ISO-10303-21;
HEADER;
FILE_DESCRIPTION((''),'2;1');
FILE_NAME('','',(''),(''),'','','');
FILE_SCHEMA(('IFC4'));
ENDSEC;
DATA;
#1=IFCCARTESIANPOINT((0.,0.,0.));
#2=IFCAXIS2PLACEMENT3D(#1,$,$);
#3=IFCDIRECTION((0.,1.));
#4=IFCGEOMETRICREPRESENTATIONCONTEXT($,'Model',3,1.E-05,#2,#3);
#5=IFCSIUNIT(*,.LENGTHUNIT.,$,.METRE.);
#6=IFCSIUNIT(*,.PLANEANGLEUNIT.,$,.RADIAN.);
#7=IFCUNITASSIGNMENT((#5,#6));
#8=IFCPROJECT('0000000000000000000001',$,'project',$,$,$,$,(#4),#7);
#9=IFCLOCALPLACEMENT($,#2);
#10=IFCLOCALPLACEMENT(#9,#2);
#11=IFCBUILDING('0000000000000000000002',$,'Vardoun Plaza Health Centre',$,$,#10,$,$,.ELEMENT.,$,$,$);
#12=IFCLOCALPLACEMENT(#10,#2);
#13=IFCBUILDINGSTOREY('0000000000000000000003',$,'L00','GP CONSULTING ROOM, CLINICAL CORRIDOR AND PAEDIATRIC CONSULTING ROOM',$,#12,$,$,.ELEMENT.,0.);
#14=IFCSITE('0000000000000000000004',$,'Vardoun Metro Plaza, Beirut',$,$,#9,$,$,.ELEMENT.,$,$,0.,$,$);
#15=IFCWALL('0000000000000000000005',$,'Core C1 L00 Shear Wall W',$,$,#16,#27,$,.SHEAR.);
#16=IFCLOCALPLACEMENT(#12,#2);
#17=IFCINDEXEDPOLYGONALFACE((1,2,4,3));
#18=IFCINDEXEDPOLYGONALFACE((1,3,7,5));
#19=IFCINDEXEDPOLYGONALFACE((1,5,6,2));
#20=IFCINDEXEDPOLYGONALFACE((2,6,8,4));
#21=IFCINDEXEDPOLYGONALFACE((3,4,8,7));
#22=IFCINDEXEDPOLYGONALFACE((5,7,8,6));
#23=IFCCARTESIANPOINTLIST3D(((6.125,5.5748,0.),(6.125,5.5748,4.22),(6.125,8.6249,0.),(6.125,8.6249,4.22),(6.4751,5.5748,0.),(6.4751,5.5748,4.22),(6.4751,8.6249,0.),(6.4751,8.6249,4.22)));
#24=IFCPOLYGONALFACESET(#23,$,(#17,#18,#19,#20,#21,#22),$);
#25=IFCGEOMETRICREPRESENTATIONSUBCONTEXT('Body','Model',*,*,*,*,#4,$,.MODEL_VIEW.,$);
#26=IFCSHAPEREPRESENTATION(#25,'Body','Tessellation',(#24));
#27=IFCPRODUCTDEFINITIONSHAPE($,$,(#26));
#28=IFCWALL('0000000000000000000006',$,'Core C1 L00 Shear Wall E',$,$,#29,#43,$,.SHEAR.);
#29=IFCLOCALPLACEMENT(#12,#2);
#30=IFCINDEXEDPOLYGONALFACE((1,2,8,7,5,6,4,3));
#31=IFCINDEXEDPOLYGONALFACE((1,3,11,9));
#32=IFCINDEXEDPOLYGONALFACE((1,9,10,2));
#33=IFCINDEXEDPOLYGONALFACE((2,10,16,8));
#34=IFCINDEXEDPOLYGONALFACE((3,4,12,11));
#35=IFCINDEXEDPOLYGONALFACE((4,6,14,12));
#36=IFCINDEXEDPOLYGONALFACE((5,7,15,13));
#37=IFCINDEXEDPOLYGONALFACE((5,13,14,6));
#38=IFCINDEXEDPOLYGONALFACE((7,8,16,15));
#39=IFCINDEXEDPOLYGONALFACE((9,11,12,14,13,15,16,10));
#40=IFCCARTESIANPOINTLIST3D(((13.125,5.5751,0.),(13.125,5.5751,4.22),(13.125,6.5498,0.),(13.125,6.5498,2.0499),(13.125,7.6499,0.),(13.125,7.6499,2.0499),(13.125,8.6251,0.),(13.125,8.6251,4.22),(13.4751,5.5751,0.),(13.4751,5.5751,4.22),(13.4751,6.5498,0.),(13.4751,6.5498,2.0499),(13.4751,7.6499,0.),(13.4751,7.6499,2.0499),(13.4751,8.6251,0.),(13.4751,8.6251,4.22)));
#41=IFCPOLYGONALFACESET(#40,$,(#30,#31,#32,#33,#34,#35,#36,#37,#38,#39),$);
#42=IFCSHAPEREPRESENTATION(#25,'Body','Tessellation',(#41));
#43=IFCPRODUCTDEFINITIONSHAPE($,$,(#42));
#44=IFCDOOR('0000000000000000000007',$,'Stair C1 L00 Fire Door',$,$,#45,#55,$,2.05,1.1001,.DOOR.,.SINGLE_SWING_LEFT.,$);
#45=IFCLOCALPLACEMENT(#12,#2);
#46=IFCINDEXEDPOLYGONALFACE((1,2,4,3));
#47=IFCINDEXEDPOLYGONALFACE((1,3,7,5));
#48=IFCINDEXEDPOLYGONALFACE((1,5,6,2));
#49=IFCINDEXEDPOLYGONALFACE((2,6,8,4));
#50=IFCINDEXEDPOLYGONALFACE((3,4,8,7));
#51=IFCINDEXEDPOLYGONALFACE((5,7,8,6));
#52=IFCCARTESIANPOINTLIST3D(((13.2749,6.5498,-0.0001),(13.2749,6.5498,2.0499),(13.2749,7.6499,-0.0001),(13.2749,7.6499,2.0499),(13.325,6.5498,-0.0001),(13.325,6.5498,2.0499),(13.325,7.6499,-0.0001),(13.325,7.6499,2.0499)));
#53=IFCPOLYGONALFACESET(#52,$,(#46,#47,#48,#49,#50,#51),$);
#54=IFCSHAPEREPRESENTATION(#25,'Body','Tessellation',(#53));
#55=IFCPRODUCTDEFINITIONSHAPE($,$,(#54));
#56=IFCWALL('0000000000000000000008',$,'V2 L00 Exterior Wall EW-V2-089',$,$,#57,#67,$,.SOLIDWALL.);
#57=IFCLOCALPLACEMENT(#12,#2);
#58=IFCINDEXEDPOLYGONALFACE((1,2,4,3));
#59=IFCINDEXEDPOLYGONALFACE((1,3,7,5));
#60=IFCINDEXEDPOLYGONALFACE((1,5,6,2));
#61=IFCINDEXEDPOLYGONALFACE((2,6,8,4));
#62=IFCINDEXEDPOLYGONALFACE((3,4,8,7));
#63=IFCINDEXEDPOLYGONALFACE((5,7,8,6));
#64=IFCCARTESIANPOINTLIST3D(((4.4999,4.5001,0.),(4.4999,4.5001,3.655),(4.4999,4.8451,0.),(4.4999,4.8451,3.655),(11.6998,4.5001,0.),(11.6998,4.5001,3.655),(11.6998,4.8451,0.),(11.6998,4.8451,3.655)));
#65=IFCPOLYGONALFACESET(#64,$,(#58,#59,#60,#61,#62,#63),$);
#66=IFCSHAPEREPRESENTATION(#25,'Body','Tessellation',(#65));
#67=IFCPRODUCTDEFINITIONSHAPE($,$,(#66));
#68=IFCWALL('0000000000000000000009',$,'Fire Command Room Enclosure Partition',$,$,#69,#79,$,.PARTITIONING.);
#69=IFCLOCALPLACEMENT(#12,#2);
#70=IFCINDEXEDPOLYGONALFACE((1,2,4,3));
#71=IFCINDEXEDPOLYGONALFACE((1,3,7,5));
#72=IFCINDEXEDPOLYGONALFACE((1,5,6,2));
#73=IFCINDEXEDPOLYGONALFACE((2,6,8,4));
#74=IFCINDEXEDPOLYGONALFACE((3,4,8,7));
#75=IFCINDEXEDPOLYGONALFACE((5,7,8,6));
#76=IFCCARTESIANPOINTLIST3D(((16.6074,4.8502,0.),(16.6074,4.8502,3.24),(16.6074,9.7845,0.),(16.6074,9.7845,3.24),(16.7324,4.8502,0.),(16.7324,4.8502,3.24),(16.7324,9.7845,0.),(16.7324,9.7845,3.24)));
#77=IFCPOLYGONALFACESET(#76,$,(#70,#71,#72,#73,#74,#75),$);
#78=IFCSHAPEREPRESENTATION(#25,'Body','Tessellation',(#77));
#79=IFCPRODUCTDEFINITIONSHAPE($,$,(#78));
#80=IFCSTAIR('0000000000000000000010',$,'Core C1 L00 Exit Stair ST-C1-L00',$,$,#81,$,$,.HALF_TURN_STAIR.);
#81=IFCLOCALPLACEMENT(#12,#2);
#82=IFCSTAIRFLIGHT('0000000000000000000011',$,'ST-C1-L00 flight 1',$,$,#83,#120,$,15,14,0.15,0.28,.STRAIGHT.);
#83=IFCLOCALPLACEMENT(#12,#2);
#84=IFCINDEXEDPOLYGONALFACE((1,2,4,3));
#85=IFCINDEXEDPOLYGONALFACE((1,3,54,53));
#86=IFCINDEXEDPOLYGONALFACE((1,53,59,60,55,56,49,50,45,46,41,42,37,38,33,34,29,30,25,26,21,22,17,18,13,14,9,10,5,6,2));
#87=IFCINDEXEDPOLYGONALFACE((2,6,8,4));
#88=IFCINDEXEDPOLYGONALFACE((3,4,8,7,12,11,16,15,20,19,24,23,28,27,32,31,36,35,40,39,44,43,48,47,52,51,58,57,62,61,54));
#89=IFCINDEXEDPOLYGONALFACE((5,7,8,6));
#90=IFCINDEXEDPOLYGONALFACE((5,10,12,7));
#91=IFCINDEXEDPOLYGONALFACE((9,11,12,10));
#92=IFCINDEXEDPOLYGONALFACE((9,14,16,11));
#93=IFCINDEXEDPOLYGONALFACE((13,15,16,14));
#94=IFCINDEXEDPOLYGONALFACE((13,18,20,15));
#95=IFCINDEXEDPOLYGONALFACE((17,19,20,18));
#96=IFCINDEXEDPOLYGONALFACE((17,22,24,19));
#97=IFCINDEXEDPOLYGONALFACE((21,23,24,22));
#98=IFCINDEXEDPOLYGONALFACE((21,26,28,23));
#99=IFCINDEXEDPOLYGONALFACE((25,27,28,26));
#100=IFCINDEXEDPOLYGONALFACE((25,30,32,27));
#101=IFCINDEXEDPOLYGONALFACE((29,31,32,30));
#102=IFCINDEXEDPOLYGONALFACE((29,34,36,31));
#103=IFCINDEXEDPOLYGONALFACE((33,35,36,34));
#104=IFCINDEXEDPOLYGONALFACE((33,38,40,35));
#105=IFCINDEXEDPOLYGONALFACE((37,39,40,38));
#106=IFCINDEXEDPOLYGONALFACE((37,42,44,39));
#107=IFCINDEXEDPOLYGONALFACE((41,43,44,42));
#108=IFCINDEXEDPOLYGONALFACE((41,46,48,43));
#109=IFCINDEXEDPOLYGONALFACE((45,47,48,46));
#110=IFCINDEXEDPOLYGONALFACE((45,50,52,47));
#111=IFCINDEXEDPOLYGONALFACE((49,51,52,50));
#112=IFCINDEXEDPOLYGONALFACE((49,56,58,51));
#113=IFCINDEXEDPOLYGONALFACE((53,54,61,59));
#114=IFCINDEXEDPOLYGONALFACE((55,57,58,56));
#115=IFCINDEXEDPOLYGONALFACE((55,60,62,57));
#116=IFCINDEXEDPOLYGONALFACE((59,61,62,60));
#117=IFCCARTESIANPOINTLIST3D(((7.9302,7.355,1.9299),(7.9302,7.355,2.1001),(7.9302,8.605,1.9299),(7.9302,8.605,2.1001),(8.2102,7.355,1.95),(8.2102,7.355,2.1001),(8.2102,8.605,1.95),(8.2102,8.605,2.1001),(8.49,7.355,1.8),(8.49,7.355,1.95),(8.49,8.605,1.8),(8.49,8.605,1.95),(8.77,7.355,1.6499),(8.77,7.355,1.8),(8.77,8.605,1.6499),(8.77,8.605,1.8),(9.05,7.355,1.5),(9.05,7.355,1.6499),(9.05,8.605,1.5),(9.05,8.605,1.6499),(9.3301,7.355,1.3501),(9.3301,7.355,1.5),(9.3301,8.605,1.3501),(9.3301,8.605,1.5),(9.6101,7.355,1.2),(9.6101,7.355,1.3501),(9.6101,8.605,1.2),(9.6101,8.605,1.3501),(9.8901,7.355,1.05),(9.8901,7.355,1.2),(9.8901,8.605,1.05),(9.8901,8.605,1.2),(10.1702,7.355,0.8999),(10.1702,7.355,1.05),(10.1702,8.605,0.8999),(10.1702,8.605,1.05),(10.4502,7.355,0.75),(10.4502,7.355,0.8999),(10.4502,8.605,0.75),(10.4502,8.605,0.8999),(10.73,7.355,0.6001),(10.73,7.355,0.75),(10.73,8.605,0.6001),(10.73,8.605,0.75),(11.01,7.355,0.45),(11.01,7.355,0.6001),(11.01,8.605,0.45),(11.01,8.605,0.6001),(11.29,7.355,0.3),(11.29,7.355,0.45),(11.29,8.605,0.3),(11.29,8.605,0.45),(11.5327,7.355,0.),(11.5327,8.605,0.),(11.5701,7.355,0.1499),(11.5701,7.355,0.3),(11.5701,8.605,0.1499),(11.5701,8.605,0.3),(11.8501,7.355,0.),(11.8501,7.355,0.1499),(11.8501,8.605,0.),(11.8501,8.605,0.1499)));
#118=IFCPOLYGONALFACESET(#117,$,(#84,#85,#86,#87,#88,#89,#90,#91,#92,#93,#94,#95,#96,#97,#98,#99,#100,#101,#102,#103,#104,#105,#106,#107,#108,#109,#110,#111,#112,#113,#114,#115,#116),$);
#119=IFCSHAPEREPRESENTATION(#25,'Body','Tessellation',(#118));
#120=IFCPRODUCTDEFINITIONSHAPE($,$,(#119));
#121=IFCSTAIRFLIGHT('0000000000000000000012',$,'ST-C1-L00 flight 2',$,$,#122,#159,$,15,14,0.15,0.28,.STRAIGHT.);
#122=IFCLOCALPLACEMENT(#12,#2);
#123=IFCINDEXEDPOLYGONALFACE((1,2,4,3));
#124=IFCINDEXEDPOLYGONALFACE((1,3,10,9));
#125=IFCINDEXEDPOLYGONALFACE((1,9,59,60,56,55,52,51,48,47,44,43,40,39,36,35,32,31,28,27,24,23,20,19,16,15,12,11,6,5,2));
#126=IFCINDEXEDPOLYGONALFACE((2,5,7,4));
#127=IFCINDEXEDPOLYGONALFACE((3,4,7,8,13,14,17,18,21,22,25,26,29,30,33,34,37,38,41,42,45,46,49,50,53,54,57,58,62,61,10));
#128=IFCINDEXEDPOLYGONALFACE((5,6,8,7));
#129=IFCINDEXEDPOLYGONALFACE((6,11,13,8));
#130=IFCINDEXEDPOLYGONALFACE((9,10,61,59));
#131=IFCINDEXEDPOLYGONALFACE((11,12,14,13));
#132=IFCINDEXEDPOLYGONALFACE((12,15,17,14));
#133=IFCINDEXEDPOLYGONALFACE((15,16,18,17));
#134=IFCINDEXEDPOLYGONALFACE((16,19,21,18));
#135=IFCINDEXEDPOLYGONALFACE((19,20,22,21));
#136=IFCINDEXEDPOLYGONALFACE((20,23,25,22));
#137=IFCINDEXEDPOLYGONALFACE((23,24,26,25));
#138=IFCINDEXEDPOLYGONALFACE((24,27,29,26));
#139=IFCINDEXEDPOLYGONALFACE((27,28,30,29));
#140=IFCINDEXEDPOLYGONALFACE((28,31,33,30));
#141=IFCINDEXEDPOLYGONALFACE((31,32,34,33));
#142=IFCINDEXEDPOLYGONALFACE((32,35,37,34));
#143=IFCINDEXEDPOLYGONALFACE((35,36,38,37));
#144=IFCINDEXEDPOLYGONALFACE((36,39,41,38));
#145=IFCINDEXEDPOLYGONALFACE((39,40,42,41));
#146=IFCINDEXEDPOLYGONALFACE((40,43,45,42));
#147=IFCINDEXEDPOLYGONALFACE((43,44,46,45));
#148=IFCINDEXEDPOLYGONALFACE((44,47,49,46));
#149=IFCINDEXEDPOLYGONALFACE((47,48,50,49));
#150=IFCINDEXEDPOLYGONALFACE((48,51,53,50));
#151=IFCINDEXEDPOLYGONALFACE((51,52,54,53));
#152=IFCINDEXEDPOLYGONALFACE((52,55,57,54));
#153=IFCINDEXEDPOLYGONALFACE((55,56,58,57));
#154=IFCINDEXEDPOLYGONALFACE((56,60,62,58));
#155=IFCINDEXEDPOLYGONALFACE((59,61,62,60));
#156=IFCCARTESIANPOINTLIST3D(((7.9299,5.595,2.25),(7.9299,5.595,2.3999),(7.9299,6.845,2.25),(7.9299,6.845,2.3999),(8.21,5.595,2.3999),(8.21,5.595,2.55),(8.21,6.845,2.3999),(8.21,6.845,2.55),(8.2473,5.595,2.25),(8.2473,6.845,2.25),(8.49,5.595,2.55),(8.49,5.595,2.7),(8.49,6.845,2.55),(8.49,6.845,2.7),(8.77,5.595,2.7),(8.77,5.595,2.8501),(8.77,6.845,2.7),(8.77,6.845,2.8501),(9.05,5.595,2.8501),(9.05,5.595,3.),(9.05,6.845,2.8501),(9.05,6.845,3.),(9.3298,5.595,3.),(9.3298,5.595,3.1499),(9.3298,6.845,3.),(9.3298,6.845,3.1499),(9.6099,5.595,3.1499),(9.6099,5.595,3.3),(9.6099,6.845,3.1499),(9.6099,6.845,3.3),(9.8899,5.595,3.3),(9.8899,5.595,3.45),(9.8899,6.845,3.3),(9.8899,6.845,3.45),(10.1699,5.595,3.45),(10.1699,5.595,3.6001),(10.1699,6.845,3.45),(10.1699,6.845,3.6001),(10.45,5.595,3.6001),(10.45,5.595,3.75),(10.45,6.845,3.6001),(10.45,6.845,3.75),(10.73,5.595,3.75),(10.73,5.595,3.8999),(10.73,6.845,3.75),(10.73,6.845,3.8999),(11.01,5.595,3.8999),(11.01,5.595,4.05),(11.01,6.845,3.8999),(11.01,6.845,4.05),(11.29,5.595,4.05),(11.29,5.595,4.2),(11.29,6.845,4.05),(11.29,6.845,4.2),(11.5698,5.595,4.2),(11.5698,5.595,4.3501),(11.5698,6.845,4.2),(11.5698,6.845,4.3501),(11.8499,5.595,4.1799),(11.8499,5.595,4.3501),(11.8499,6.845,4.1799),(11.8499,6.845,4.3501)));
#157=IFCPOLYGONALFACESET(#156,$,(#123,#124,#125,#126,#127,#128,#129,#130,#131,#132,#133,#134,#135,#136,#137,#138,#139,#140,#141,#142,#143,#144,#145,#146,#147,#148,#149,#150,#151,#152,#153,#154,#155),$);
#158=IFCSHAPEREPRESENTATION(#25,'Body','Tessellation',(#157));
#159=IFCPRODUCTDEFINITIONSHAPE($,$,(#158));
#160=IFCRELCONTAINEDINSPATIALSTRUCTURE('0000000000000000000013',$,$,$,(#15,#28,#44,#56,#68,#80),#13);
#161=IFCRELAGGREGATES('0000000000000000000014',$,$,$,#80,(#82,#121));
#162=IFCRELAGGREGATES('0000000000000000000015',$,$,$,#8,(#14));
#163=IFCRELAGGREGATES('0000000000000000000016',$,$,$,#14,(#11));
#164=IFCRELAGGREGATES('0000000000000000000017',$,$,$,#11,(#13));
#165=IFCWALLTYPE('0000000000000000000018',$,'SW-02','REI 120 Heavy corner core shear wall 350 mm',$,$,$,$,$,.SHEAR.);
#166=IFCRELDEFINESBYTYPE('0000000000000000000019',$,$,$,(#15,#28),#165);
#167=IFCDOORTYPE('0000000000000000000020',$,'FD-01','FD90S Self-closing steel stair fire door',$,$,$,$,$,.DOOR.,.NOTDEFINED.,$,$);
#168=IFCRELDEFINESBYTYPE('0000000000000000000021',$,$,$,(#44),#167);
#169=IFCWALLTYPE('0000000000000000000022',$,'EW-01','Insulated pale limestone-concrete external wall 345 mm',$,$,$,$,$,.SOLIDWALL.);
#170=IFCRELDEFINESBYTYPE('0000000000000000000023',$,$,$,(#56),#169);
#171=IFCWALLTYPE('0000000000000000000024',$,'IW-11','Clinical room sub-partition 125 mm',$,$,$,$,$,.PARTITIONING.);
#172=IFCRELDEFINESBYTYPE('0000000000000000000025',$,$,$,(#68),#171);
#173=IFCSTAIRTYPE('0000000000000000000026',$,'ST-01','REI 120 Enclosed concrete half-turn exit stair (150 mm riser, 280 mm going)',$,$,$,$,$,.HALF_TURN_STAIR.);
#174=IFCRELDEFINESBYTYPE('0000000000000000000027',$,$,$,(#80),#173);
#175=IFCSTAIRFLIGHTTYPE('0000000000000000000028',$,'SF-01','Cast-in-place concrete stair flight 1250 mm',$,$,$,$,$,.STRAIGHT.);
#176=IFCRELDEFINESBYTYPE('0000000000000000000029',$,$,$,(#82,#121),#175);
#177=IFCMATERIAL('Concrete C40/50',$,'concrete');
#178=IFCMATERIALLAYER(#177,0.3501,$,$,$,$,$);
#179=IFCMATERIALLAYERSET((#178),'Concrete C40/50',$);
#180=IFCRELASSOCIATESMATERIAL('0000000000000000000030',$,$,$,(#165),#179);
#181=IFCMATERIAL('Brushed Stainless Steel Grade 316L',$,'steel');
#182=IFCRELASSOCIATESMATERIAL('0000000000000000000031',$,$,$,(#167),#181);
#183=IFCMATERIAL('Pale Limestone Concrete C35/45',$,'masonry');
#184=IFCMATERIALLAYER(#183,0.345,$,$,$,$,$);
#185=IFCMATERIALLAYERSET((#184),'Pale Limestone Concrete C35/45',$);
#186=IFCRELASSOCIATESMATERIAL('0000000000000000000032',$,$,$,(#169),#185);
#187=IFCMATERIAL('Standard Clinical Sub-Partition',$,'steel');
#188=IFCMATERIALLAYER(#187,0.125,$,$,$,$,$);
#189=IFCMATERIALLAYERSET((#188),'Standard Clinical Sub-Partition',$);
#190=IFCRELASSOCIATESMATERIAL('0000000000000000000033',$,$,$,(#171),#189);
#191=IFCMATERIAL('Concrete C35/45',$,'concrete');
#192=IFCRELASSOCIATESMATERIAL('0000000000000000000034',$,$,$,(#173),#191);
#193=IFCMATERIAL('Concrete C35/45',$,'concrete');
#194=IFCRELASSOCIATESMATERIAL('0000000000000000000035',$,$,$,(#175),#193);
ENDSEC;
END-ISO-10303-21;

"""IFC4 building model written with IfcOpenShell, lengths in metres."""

from ifc_helpers import new_model, si_unit, direction, frame, frame_2d, origin, place, context, subcontext, project, spatial, polyline, rectangle, outline, extrude, material, layer, layer_set, type_object, element, fill, aggregate, save


model = new_model("IFC4")

# Units and contexts
model_context = context("Model", 3, precision=1e-05, world=origin(), true_north=direction((0.0, 1.0)))
body_context = subcontext(model_context, "Body", "Model", "MODEL_VIEW")
ifc_project = project(units=[si_unit("LENGTHUNIT", "METRE"), si_unit("PLANEANGLEUNIT", "RADIAN")], contexts=[model_context])

# Site, building, storey
site_placement = place(None, origin())
site = spatial("IfcSite", under=ifc_project, at=site_placement, Name="Vardoun Metro Plaza, Beirut", CompositionType="ELEMENT", RefElevation=0.0)
building_placement = place(site_placement, origin())
building = spatial("IfcBuilding", under=site, at=building_placement, Name="Vardoun Plaza Health Centre", CompositionType="ELEMENT")
storey_placement = place(building_placement, origin())
storey = spatial("IfcBuildingStorey", under=building, at=storey_placement, Name="L00", Description="GP CONSULTING ROOM, CLINICAL CORRIDOR AND PAEDIATRIC CONSULTING ROOM", CompositionType="ELEMENT", Elevation=0.0)

# Wall
ifc_material_1 = material(Name="Concrete C40/50", Category="concrete")
ifc_layer_1 = layer(ifc_material_1, 0.3501)
ifc_layer_set_1 = layer_set([ifc_layer_1], Name="Concrete C40/50")
wall_type_1 = type_object("IfcWallType", Name="SW-02", Description="REI 120 Heavy corner core shear wall 350 mm", PredefinedType="SHEAR", material=ifc_layer_set_1)
wall_1_placement = place(storey_placement, frame((6.3, 5.575, 0.0), z_axis=(0.0, 0.0, 1.0), x_axis=(0.0, 1.0, 0.0)))
element("IfcWall", 1, at=wall_1_placement, inside=storey, type_object=wall_type_1, Name="Core C1 L00 Shear Wall W", PredefinedType="SHEAR", context=body_context, shape_type="SweptSolid", body=[
    extrude(rectangle(XDim=3.05, YDim=0.3501, at=frame_2d((1.5249, 0.0))), origin(), (0.0, 0.0, 1.0), 4.22),
])

# Wall, opening, door
wall_2_placement = place(storey_placement, frame((13.3, 8.625, 0.0), z_axis=(0.0, 0.0, 1.0), x_axis=(0.0, -1.0, 0.0)))
wall_2 = element("IfcWall", 2, at=wall_2_placement, inside=storey, type_object=wall_type_1, Name="Core C1 L00 Shear Wall E", PredefinedType="SHEAR", context=body_context, shape_type="SweptSolid", body=[
    extrude(rectangle(XDim=3.05, YDim=0.3501, at=frame_2d((1.5249, 0.0))), origin(), (0.0, 0.0, 1.0), 4.22),
])
opening_1_placement = place(wall_2_placement, frame((0.9751, 0.0, 0.0)))
opening_1 = element("IfcOpeningElement", 3, at=opening_1_placement, cuts=wall_2, PredefinedType="OPENING", context=body_context, shape_type="SweptSolid", body=[
    extrude(rectangle(XDim=1.1001, YDim=2.05, at=frame_2d((0.55, 1.0249))), frame((0.0, 0.175, 0.0), z_axis=(0.0, -1.0, 0.0), x_axis=(1.0, 0.0, 0.0)), (0.0, 0.0, 1.0), 0.3501),
])
ifc_material_2 = material(Name="Brushed Stainless Steel Grade 316L", Category="steel")
door_type = type_object("IfcDoorType", Name="FD-01", Description="FD90S Self-closing steel stair fire door", OperationType="NOTDEFINED", PredefinedType="DOOR", material=ifc_material_2)
door_placement = place(opening_1_placement, origin())
door = element("IfcDoor", 4, at=door_placement, inside=storey, type_object=door_type, Name="Stair C1 L00 Fire Door", OperationType="SINGLE_SWING_LEFT", OverallHeight=2.05, OverallWidth=1.1001, PredefinedType="DOOR", context=body_context, shape_type="SweptSolid", body=[
    extrude(rectangle(XDim=1.1001, YDim=2.05, at=frame_2d((0.55, 1.0249))), frame((0.0, 0.0249, 0.0), z_axis=(0.0, -1.0, 0.0), x_axis=(1.0, 0.0, 0.0)), (0.0, 0.0, 1.0), 0.05),
])
fill(opening_1, door)

# Shared definitions
ifc_material_3 = material(Name="Pale Limestone Concrete C35/45", Category="masonry")
ifc_layer_2 = layer(ifc_material_3, 0.345)
ifc_layer_set_2 = layer_set([ifc_layer_2], Name="Pale Limestone Concrete C35/45")
wall_type_2 = type_object("IfcWallType", Name="EW-01", Description="Insulated pale limestone-concrete external wall 345 mm", PredefinedType="SOLIDWALL", material=ifc_layer_set_2)

# Walls
wall_3_placement = place(storey_placement, frame((11.7, 4.6726, 0.0), z_axis=(0.0, 0.0, 1.0), x_axis=(-1.0, 0.0, 0.0)))
element("IfcWall", 5, at=wall_3_placement, inside=storey, type_object=wall_type_2, Name="V2 L00 Exterior Wall EW-V2-089", PredefinedType="SOLIDWALL", context=body_context, shape_type="SweptSolid", body=[
    extrude(rectangle(XDim=7.2, YDim=0.345, at=frame_2d((3.6001, 0.0))), origin(), (0.0, 0.0, 1.0), 3.655),
])
ifc_material_4 = material(Name="Standard Clinical Sub-Partition", Category="steel")
ifc_layer_3 = layer(ifc_material_4, 0.125)
ifc_layer_set_3 = layer_set([ifc_layer_3], Name="Standard Clinical Sub-Partition")
wall_type_3 = type_object("IfcWallType", Name="IW-11", Description="Clinical room sub-partition 125 mm", PredefinedType="PARTITIONING", material=ifc_layer_set_3)
wall_4_placement = place(storey_placement, frame((16.6699, 4.8501, 0.0), z_axis=(0.0, 0.0, 1.0), x_axis=(0.0, 1.0, 0.0)))
element("IfcWall", 6, at=wall_4_placement, inside=storey, type_object=wall_type_3, Name="Fire Command Room Enclosure Partition", PredefinedType="PARTITIONING", context=body_context, shape_type="SweptSolid", body=[
    extrude(rectangle(XDim=4.9343, YDim=0.125, at=frame_2d((2.4673, 0.0))), origin(), (0.0, 0.0, 1.0), 3.24),
])

# Stair, stair flights
ifc_material_5 = material(Name="Concrete C35/45", Category="concrete")
stair_type = type_object("IfcStairType", Name="ST-01", Description="REI 120 Enclosed concrete half-turn exit stair (150 mm riser, 280 mm going)", PredefinedType="HALF_TURN_STAIR", material=ifc_material_5)
stair_placement = place(storey_placement, origin())
stair = element("IfcStair", 7, at=stair_placement, inside=storey, type_object=stair_type, Name="Core C1 L00 Exit Stair ST-C1-L00", PredefinedType="HALF_TURN_STAIR")
ifc_material_6 = material(Name="Concrete C35/45", Category="concrete")
stair_flight_type = type_object("IfcStairFlightType", Name="SF-01", Description="Cast-in-place concrete stair flight 1250 mm", PredefinedType="STRAIGHT", material=ifc_material_6)
stair_flight_1_placement = place(storey_placement, frame((11.8501, 7.98, 0.0), z_axis=(0.0, 0.0, 1.0), x_axis=(-1.0, 0.0, 0.0)))
stair_flight_1 = element("IfcStairFlight", 8, at=stair_flight_1_placement, type_object=stair_flight_type, Name="ST-C1-L00 flight 1", NumberOfRisers=15, NumberOfTreads=14, PredefinedType="STRAIGHT", RiserHeight=0.15, TreadLength=0.28, context=body_context, shape_type="SweptSolid", body=[
    extrude(outline(polyline([(0.0, 0.0), (0.0, 0.1499), (0.28, 0.1499), (0.28, 0.3), (0.5601, 0.3), (0.5601, 0.45), (0.8401, 0.45), (0.8401, 0.6001), (1.1201, 0.6001), (1.1201, 0.75), (1.3999, 0.75), (1.3999, 0.8999), (1.6799, 0.8999), (1.6799, 1.05), (1.96, 1.05), (1.96, 1.2), (2.24, 1.2), (2.24, 1.3501), (2.52, 1.3501), (2.52, 1.5), (2.8, 1.5), (2.8, 1.6499), (3.0801, 1.6499), (3.0801, 1.8), (3.3601, 1.8), (3.3601, 1.95), (3.6399, 1.95), (3.6399, 2.1001), (3.9199, 2.1001), (3.9199, 2.25), (3.9199, 1.9299), (0.3174, 0.0), (0.0, 0.0)])), frame((0.0, 0.625, 0.0), z_axis=(0.0, -1.0, 0.0), x_axis=(1.0, 0.0, 0.0)), (0.0, 0.0, 1.0), 1.25),
])
stair_flight_2_placement = place(storey_placement, frame((7.9299, 6.22, 2.25), z_axis=(0.0, 0.0, 1.0), x_axis=(1.0, 0.0, 0.0)))
stair_flight_2 = element("IfcStairFlight", 9, at=stair_flight_2_placement, type_object=stair_flight_type, Name="ST-C1-L00 flight 2", NumberOfRisers=15, NumberOfTreads=14, PredefinedType="STRAIGHT", RiserHeight=0.15, TreadLength=0.28, context=body_context, shape_type="SweptSolid", body=[
    extrude(outline(polyline([(0.0, 0.0), (0.0, 0.1499), (0.28, 0.1499), (0.28, 0.3), (0.5601, 0.3), (0.5601, 0.45), (0.8401, 0.45), (0.8401, 0.6001), (1.1201, 0.6001), (1.1201, 0.75), (1.3999, 0.75), (1.3999, 0.8999), (1.6799, 0.8999), (1.6799, 1.05), (1.96, 1.05), (1.96, 1.2), (2.24, 1.2), (2.24, 1.3501), (2.52, 1.3501), (2.52, 1.5), (2.8, 1.5), (2.8, 1.6499), (3.0801, 1.6499), (3.0801, 1.8), (3.3601, 1.8), (3.3601, 1.95), (3.6399, 1.95), (3.6399, 2.1001), (3.9199, 2.1001), (3.9199, 2.25), (3.9199, 1.9299), (0.3174, 0.0), (0.0, 0.0)])), frame((0.0, 0.625, 0.0), z_axis=(0.0, -1.0, 0.0), x_axis=(1.0, 0.0, 0.0)), (0.0, 0.0, 1.0), 1.25),
])
aggregate(stair, [stair_flight_1, stair_flight_2])

save(model, "model.ifc")
